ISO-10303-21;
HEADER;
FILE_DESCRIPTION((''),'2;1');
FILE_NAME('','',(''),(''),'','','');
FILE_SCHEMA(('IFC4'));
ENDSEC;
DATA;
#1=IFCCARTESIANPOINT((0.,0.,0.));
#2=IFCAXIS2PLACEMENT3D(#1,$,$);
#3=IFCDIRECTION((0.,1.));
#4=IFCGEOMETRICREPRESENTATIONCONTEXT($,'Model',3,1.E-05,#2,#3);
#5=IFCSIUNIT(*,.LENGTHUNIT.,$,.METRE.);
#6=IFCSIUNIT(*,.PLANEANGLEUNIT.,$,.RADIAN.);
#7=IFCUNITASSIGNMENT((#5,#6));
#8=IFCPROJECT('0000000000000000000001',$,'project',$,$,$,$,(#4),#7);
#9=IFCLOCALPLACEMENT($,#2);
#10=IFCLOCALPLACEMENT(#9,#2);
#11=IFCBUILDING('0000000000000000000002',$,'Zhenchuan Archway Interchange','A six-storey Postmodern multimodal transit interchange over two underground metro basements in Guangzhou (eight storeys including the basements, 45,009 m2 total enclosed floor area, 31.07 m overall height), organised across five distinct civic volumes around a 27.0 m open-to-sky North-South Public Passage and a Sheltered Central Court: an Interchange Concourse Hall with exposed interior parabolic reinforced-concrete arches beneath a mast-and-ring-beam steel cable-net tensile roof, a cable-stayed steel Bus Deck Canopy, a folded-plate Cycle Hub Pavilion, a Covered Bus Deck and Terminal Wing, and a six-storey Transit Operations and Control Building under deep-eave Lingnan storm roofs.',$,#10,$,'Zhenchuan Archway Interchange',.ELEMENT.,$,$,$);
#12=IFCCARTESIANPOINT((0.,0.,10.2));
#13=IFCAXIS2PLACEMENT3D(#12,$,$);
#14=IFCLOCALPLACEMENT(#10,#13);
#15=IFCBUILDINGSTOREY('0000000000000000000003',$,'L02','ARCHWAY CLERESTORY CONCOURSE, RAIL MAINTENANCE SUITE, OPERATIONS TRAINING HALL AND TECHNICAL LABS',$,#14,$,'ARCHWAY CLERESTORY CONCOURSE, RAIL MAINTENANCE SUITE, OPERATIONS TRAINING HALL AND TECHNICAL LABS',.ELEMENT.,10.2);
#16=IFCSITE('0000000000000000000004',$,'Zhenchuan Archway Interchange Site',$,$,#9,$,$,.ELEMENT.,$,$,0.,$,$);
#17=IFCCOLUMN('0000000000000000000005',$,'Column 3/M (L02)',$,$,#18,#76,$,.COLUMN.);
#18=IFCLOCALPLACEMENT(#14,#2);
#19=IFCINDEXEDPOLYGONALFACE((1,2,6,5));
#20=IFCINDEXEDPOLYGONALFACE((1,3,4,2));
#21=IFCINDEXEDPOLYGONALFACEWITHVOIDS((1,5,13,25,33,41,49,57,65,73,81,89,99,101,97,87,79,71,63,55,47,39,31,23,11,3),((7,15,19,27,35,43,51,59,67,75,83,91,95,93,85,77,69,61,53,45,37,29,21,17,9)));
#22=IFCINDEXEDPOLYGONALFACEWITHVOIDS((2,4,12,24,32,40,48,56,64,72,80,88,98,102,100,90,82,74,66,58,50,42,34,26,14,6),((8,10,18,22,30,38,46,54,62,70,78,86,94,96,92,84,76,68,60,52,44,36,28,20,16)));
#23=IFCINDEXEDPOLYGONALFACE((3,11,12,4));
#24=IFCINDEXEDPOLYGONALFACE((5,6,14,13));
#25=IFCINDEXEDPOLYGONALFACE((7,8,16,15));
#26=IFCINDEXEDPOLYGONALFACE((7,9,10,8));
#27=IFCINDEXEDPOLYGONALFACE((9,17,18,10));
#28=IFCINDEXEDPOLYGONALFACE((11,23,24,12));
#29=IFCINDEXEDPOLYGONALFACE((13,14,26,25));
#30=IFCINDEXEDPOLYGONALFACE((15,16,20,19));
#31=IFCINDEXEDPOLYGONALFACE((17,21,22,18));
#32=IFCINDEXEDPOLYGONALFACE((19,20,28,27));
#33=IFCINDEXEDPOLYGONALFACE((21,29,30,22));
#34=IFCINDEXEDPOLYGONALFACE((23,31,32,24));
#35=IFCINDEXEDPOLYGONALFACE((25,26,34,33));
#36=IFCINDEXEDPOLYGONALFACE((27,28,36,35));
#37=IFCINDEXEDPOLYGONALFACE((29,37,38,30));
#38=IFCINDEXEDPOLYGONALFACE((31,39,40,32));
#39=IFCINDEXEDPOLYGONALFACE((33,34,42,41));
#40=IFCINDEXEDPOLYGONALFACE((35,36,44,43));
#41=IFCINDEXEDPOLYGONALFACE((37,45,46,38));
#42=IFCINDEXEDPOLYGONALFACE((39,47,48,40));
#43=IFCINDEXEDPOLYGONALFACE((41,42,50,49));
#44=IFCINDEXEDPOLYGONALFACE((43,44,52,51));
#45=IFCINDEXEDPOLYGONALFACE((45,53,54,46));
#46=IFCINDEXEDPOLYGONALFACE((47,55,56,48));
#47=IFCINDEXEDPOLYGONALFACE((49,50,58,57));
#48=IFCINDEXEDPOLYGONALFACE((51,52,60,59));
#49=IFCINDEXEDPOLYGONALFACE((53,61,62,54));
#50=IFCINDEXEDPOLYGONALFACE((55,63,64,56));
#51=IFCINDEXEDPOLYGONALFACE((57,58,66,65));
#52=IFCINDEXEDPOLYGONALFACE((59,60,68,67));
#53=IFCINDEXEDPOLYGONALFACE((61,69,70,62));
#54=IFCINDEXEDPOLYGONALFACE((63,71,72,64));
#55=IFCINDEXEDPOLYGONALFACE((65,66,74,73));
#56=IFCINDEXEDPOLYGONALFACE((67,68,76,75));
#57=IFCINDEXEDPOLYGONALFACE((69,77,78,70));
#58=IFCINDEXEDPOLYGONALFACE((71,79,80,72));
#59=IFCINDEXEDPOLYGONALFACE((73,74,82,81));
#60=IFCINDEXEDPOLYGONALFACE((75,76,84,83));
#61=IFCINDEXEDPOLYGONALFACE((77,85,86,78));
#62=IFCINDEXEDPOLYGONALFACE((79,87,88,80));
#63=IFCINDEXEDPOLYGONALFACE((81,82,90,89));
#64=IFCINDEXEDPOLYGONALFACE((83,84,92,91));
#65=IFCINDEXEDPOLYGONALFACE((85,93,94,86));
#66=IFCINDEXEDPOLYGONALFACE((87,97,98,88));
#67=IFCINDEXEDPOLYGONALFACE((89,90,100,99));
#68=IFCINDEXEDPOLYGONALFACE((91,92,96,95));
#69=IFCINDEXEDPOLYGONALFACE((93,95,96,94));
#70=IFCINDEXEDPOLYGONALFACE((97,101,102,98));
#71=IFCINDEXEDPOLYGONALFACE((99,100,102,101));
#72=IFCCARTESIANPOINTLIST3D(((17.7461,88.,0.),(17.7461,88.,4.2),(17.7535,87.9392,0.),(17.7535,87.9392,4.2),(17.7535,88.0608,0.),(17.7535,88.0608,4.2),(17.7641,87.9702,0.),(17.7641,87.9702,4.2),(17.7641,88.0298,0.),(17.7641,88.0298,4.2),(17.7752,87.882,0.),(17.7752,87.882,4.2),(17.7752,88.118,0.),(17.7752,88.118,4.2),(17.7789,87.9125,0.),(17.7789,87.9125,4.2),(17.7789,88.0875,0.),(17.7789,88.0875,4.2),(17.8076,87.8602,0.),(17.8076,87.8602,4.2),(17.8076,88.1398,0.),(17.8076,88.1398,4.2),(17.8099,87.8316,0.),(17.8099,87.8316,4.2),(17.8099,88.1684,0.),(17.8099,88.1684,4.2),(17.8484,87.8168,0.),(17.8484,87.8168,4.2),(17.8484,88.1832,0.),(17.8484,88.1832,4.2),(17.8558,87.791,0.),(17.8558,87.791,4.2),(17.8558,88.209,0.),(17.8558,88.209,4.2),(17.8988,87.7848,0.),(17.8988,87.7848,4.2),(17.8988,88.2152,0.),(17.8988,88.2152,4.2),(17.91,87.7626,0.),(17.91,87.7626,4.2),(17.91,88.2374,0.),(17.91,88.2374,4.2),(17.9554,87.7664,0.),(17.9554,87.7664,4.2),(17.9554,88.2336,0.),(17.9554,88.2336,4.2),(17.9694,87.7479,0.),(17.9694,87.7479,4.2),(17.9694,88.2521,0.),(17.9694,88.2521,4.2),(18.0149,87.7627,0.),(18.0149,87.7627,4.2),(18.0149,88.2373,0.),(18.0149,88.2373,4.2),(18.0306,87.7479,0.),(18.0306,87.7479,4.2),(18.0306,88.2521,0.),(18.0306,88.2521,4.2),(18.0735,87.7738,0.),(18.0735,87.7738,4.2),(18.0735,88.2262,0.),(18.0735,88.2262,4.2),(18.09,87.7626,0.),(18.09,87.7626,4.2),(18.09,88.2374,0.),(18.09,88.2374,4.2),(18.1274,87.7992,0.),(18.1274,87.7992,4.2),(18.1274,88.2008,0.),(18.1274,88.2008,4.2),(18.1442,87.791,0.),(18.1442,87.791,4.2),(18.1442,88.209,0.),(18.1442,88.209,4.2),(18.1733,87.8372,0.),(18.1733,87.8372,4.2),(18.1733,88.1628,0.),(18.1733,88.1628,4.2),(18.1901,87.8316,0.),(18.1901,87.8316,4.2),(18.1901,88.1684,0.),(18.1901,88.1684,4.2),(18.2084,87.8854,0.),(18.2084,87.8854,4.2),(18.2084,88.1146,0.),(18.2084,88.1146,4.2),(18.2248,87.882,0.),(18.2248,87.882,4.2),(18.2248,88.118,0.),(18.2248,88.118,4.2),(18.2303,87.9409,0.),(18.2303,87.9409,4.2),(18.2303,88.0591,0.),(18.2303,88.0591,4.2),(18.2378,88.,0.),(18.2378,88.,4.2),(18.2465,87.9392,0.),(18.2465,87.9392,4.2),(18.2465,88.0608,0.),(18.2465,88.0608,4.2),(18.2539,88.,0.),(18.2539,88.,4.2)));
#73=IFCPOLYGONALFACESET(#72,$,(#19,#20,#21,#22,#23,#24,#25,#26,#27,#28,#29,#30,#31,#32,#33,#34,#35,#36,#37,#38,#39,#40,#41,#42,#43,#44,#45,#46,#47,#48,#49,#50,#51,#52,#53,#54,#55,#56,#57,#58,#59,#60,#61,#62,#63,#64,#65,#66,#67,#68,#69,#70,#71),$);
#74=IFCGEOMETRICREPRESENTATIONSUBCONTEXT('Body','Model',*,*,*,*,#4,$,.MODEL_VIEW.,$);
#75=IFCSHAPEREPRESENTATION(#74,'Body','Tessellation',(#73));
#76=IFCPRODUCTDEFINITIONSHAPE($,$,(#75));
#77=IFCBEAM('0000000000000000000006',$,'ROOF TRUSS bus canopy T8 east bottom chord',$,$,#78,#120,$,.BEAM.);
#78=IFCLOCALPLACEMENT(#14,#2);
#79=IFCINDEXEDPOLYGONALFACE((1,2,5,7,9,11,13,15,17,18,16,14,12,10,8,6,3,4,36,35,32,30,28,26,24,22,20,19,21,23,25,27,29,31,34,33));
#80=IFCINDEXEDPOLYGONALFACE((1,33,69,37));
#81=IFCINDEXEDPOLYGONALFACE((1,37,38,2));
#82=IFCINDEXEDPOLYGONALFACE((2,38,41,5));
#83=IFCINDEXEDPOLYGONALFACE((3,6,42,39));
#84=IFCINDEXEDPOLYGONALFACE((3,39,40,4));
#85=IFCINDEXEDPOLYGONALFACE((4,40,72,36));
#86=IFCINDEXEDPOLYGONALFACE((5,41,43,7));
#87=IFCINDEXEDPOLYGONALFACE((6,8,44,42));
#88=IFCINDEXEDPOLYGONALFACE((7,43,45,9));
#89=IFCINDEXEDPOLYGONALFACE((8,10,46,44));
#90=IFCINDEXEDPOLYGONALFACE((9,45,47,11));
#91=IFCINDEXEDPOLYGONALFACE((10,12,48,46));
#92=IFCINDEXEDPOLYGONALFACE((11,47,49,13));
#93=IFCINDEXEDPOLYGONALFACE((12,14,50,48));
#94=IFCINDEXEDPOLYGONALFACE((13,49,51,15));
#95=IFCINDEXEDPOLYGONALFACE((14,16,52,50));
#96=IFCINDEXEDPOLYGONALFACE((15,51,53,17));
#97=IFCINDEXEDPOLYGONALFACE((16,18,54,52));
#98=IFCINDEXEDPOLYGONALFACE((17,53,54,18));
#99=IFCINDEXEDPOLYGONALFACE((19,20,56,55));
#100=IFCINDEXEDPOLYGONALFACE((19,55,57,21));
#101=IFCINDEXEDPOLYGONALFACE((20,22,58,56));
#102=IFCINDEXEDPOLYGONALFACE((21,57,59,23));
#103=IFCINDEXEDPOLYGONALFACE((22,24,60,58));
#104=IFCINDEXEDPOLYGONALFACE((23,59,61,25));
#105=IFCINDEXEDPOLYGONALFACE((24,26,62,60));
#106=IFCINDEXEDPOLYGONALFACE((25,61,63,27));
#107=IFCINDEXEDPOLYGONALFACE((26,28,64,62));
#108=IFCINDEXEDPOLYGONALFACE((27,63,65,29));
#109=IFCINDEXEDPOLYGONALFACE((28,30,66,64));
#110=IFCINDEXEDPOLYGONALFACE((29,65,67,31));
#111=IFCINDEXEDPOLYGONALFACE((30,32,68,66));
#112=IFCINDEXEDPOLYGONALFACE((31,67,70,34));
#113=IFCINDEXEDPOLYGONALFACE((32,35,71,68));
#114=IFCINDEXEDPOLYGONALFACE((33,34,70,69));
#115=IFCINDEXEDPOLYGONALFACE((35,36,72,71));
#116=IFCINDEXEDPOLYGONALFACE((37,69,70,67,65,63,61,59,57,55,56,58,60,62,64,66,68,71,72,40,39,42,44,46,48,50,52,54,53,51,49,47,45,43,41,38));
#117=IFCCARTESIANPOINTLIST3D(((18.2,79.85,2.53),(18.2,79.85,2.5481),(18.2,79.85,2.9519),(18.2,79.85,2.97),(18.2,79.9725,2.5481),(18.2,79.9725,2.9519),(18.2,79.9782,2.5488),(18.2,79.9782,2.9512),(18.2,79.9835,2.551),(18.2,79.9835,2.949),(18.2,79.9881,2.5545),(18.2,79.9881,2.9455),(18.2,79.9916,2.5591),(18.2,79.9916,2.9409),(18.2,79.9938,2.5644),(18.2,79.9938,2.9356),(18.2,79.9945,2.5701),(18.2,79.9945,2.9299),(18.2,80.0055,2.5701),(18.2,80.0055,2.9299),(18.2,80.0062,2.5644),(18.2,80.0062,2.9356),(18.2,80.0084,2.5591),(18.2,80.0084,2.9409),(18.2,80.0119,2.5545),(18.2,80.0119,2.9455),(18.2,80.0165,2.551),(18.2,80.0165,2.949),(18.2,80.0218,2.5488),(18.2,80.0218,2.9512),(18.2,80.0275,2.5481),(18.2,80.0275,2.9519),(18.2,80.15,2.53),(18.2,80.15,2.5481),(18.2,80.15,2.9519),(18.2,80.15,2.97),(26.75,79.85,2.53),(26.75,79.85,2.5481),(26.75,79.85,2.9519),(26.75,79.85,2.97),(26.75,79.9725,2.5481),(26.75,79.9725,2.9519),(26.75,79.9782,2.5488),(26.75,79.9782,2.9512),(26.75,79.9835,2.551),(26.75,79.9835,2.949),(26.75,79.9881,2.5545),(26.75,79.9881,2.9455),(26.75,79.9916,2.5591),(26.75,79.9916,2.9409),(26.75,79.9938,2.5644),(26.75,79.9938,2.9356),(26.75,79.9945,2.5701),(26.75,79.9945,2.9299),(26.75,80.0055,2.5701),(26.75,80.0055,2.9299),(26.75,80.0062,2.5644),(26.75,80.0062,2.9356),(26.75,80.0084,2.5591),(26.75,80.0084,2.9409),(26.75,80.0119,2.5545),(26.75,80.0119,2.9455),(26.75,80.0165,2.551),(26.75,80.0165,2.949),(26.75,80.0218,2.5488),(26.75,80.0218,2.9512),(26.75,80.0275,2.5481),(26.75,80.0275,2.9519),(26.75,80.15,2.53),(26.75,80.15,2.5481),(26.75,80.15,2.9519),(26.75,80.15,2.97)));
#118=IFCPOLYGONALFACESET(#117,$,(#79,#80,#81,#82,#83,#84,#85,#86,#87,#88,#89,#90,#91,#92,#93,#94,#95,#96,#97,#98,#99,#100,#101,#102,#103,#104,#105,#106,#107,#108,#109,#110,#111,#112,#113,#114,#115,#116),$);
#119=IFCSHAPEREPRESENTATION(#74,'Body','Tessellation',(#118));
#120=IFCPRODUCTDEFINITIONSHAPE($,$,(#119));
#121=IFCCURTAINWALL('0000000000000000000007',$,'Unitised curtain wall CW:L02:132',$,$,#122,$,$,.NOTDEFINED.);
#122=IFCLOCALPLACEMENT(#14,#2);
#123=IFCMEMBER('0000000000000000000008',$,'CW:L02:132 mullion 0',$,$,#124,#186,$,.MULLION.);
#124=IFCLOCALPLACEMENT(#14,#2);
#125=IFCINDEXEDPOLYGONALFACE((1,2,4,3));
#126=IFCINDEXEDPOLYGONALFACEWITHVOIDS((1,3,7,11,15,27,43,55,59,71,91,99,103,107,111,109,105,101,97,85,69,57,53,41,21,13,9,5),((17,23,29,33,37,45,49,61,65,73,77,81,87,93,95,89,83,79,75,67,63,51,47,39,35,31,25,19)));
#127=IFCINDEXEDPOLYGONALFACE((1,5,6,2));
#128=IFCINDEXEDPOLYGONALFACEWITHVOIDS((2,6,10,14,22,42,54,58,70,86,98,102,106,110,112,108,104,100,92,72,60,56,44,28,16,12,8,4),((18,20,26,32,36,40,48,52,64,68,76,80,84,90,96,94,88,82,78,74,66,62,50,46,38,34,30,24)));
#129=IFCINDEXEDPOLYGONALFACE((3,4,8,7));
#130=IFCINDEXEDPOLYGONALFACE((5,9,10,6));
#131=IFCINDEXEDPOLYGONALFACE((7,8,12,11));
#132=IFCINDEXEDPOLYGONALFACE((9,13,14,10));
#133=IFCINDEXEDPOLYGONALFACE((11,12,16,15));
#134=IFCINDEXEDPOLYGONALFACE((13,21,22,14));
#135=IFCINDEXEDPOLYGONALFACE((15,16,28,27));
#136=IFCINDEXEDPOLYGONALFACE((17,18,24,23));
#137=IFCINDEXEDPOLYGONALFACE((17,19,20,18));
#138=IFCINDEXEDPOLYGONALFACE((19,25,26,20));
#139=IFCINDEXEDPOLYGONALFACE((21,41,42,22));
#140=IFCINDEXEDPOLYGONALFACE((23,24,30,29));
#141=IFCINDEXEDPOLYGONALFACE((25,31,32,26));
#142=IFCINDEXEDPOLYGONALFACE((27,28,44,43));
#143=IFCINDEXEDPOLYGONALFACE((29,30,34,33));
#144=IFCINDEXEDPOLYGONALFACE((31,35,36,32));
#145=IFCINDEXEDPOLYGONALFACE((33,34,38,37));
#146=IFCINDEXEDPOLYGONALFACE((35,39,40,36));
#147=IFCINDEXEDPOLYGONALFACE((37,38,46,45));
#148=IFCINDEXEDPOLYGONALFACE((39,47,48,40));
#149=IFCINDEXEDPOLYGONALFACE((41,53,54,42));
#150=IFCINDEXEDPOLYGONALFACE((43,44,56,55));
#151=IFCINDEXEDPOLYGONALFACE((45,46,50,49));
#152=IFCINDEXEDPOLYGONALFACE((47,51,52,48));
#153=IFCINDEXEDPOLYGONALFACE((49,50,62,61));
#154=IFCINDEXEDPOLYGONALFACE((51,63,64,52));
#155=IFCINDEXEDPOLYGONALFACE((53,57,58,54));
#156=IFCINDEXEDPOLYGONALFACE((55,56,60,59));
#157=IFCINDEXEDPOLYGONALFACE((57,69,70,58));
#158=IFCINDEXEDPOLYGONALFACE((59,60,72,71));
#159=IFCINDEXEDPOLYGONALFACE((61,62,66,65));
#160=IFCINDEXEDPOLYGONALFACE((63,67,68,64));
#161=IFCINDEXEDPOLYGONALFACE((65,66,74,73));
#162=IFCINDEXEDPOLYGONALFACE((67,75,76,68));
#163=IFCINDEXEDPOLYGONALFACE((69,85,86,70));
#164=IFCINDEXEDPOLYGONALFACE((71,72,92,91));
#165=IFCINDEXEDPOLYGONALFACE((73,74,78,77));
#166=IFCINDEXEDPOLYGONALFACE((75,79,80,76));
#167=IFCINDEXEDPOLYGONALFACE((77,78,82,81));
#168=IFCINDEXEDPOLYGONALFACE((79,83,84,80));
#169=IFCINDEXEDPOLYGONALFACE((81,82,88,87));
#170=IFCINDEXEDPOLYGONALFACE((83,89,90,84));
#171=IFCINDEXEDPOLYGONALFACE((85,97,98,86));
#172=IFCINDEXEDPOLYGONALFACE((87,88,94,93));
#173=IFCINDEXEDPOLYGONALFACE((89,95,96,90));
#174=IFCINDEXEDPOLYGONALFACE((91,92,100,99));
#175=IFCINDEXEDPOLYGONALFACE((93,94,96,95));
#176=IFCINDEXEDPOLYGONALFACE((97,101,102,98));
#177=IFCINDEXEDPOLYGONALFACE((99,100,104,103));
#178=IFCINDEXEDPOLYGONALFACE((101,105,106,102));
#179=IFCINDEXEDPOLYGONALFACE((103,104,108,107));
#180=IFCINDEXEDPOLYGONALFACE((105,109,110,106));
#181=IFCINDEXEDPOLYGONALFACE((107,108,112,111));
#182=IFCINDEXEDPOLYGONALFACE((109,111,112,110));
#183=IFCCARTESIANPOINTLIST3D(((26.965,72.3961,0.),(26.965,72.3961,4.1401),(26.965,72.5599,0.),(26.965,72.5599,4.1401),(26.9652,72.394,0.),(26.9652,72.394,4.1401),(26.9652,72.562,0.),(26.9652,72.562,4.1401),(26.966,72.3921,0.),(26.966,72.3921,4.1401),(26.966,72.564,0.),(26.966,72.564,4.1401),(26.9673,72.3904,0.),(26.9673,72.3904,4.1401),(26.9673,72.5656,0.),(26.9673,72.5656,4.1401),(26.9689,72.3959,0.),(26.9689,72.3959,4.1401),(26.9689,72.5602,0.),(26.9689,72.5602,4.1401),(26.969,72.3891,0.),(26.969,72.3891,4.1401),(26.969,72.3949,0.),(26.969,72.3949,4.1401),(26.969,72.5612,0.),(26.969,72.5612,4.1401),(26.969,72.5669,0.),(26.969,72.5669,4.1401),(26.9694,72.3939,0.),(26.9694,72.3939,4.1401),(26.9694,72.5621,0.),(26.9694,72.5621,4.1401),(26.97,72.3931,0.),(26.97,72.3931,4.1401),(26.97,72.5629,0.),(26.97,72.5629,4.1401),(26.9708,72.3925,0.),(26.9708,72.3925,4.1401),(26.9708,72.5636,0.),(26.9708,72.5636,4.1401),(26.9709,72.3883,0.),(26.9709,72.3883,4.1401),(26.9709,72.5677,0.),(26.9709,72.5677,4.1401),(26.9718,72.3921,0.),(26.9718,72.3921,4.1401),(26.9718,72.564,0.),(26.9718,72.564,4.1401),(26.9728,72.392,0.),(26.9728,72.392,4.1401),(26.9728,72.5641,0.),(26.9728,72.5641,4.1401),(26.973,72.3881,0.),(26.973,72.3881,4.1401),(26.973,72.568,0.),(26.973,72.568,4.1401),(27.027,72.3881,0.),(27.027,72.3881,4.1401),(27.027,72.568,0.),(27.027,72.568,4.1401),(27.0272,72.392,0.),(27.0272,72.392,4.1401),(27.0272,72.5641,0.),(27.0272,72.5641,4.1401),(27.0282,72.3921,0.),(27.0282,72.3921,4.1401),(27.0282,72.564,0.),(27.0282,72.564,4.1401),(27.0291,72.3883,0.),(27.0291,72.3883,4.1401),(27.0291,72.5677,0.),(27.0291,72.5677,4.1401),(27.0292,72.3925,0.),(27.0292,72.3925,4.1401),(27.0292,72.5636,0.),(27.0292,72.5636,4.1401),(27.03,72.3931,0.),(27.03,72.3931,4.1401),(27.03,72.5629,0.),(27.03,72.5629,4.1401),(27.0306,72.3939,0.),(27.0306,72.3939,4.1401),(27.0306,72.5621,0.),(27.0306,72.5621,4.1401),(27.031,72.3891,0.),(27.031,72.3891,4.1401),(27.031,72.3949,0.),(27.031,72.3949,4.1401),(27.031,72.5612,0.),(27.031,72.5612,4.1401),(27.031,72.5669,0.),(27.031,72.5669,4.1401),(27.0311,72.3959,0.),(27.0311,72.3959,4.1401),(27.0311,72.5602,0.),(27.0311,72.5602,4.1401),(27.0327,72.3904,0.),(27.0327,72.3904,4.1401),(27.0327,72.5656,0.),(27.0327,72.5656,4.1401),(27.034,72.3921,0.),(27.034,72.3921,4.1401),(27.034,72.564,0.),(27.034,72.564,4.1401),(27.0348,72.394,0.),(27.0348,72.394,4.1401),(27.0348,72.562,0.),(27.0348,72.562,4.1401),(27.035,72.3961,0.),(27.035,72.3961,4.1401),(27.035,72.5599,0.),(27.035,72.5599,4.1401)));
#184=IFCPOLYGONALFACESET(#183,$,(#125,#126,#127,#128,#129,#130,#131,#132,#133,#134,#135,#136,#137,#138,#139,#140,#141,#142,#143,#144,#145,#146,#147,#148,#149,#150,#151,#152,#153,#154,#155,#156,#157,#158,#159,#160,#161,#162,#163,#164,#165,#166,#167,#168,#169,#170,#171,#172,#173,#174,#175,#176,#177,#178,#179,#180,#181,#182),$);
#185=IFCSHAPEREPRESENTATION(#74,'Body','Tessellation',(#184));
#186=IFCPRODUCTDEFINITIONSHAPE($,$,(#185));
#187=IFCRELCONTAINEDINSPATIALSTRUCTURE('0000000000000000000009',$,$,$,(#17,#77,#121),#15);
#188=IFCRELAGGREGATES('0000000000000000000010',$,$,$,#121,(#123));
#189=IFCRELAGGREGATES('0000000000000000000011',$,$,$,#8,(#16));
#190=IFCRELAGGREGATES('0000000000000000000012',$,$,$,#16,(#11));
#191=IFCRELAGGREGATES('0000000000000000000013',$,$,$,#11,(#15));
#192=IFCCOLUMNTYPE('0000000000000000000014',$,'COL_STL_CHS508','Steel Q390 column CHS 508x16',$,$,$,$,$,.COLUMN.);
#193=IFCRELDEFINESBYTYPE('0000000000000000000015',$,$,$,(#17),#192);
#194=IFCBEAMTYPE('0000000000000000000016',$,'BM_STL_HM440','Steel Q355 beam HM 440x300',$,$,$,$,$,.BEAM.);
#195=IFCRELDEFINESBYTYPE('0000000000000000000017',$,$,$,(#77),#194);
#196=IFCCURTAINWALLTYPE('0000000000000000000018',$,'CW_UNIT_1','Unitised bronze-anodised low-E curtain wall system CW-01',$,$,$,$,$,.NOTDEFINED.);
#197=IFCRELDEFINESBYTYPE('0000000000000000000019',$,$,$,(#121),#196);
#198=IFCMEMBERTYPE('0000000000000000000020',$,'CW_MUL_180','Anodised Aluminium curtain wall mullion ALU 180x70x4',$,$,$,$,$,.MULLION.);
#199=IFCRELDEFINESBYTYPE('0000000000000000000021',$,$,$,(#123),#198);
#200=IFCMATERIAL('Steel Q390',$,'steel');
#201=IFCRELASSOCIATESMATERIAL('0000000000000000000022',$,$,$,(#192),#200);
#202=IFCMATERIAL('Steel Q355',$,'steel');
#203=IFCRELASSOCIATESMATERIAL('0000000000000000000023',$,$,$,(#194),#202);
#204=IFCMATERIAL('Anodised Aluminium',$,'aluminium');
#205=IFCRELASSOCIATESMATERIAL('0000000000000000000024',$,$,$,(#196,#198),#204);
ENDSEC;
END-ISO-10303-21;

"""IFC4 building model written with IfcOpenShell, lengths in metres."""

from ifc_helpers import new_model, si_unit, direction, frame, origin, origin_2d, place, context, subcontext, project, spatial, hollow_rectangle, hollow_circle, i_section, extrude, material, material_profile, profile_set, type_object, element, aggregate, save


model = new_model("IFC4")

# Units and contexts
model_context = context("Model", 3, precision=1e-05, world=origin(), true_north=direction((0.0, 1.0)))
body_context = subcontext(model_context, "Body", "Model", "MODEL_VIEW")
ifc_project = project(units=[si_unit("LENGTHUNIT", "METRE"), si_unit("PLANEANGLEUNIT", "RADIAN")], contexts=[model_context])

# Site, building, storey
site_placement = place(None, origin())
site = spatial("IfcSite", under=ifc_project, at=site_placement, Name="Zhenchuan Archway Interchange Site", CompositionType="ELEMENT", RefElevation=0.0)
building_placement = place(site_placement, origin())
building = spatial("IfcBuilding", under=site, at=building_placement, Name="Zhenchuan Archway Interchange", Description="A six-storey Postmodern multimodal transit interchange over two underground metro basements in Guangzhou (eight storeys including the basements, 45,009 m2 total enclosed floor area, 31.07 m overall height), organised across five distinct civic volumes around a 27.0 m open-to-sky North-South Public Passage and a Sheltered Central Court: an Interchange Concourse Hall with exposed interior parabolic reinforced-concrete arches beneath a mast-and-ring-beam steel cable-net tensile roof, a cable-stayed steel Bus Deck Canopy, a folded-plate Cycle Hub Pavilion, a Covered Bus Deck and Terminal Wing, and a six-storey Transit Operations and Control Building under deep-eave Lingnan storm roofs.", LongName="Zhenchuan Archway Interchange", CompositionType="ELEMENT")
storey_placement = place(building_placement, frame((0.0, 0.0, 10.2)))
storey = spatial("IfcBuildingStorey", under=building, at=storey_placement, Name="L02", Description="ARCHWAY CLERESTORY CONCOURSE, RAIL MAINTENANCE SUITE, OPERATIONS TRAINING HALL AND TECHNICAL LABS", LongName="ARCHWAY CLERESTORY CONCOURSE, RAIL MAINTENANCE SUITE, OPERATIONS TRAINING HALL AND TECHNICAL LABS", CompositionType="ELEMENT", Elevation=10.2)

# Column
ifc_material_1 = material(Name="Steel Q390", Category="steel")
ifc_material_profile_1 = material_profile(ifc_material_1, hollow_circle(Radius=0.2539, WallThickness=0.0161, at=origin_2d()), Name="CHS 508x16")
ifc_profile_set_1 = profile_set([ifc_material_profile_1], Name="Steel Q390")
column_type = type_object("IfcColumnType", Name="COL_STL_CHS508", Description="Steel Q390 column CHS 508x16", PredefinedType="COLUMN", material=ifc_profile_set_1)
column_placement = place(storey_placement, frame((18.0, 88.0, 0.0), z_axis=(0.0, 0.0, 1.0), x_axis=(1.0, 0.0, 0.0)))
element("IfcColumn", 1, at=column_placement, inside=storey, type_object=column_type, Name="Column 3/M (L02)", PredefinedType="COLUMN", context=body_context, shape_type="SweptSolid", body=[
    extrude(hollow_circle(Radius=0.2539, WallThickness=0.0161, at=origin_2d()), origin(), (0.0, 0.0, 1.0), 4.2),
])

# Beam
ifc_material_2 = material(Name="Steel Q355", Category="steel")
ifc_material_profile_2 = material_profile(ifc_material_2, i_section(OverallWidth=0.3, OverallDepth=0.4399, WebThickness=0.011, FlangeThickness=0.0181, FilletRadius=0.022, at=origin_2d()), Name="HM 440x300")
ifc_profile_set_2 = profile_set([ifc_material_profile_2], Name="Steel Q355")
beam_type_1 = type_object("IfcBeamType", Name="BM_STL_HM440", Description="Steel Q355 beam HM 440x300", PredefinedType="BEAM", material=ifc_profile_set_2)
beam_1_placement = place(storey_placement, frame((18.2, 80.0, 2.75), z_axis=(1.0, 0.0, 0.0), x_axis=(0.0, 1.0, 0.0)))
element("IfcBeam", 2, at=beam_1_placement, inside=storey, type_object=beam_type_1, Name="ROOF TRUSS bus canopy T8 east bottom chord", PredefinedType="BEAM", context=body_context, shape_type="SweptSolid", body=[
    extrude(i_section(OverallWidth=0.3, OverallDepth=0.4399, WebThickness=0.011, FlangeThickness=0.0181, FilletRadius=0.022, at=origin_2d()), origin(), (0.0, 0.0, 1.0), 8.55),
])

# Curtain wall, member
ifc_material_3 = material(Name="Anodised Aluminium", Category="aluminium")
curtain_wall_type = type_object("IfcCurtainWallType", Name="CW_UNIT_1", Description="Unitised bronze-anodised low-E curtain wall system CW-01", PredefinedType="NOTDEFINED", material=ifc_material_3)
curtain_wall_placement = place(storey_placement, origin())
curtain_wall = element("IfcCurtainWall", 3, at=curtain_wall_placement, inside=storey, type_object=curtain_wall_type, Name="Unitised curtain wall CW:L02:132", PredefinedType="NOTDEFINED")
ifc_material_profile_3 = material_profile(ifc_material_3, hollow_rectangle(XDim=0.0701, YDim=0.1799, WallThickness=0.0039, InnerFilletRadius=0.0039, OuterFilletRadius=0.0081, at=origin_2d()), Name="ALU 180x70x4")
ifc_profile_set_3 = profile_set([ifc_material_profile_3], Name="Anodised Aluminium")
member_type_1 = type_object("IfcMemberType", Name="CW_MUL_180", Description="Anodised Aluminium curtain wall mullion ALU 180x70x4", PredefinedType="MULLION", material=ifc_profile_set_3)
member_1_placement = place(storey_placement, frame((27.0, 72.478, 0.0), z_axis=(0.0, 0.0, 1.0), x_axis=(1.0, 0.0, 0.0)))
member_1 = element("IfcMember", 4, at=member_1_placement, type_object=member_type_1, Name="CW:L02:132 mullion 0", PredefinedType="MULLION", context=body_context, shape_type="SweptSolid", body=[
    extrude(hollow_rectangle(XDim=0.0701, YDim=0.1799, WallThickness=0.0039, InnerFilletRadius=0.0039, OuterFilletRadius=0.0081, at=origin_2d()), origin(), (0.0, 0.0, 1.0), 4.1401),
])

aggregate(curtain_wall, [member_1])

save(model, "model.ifc")
